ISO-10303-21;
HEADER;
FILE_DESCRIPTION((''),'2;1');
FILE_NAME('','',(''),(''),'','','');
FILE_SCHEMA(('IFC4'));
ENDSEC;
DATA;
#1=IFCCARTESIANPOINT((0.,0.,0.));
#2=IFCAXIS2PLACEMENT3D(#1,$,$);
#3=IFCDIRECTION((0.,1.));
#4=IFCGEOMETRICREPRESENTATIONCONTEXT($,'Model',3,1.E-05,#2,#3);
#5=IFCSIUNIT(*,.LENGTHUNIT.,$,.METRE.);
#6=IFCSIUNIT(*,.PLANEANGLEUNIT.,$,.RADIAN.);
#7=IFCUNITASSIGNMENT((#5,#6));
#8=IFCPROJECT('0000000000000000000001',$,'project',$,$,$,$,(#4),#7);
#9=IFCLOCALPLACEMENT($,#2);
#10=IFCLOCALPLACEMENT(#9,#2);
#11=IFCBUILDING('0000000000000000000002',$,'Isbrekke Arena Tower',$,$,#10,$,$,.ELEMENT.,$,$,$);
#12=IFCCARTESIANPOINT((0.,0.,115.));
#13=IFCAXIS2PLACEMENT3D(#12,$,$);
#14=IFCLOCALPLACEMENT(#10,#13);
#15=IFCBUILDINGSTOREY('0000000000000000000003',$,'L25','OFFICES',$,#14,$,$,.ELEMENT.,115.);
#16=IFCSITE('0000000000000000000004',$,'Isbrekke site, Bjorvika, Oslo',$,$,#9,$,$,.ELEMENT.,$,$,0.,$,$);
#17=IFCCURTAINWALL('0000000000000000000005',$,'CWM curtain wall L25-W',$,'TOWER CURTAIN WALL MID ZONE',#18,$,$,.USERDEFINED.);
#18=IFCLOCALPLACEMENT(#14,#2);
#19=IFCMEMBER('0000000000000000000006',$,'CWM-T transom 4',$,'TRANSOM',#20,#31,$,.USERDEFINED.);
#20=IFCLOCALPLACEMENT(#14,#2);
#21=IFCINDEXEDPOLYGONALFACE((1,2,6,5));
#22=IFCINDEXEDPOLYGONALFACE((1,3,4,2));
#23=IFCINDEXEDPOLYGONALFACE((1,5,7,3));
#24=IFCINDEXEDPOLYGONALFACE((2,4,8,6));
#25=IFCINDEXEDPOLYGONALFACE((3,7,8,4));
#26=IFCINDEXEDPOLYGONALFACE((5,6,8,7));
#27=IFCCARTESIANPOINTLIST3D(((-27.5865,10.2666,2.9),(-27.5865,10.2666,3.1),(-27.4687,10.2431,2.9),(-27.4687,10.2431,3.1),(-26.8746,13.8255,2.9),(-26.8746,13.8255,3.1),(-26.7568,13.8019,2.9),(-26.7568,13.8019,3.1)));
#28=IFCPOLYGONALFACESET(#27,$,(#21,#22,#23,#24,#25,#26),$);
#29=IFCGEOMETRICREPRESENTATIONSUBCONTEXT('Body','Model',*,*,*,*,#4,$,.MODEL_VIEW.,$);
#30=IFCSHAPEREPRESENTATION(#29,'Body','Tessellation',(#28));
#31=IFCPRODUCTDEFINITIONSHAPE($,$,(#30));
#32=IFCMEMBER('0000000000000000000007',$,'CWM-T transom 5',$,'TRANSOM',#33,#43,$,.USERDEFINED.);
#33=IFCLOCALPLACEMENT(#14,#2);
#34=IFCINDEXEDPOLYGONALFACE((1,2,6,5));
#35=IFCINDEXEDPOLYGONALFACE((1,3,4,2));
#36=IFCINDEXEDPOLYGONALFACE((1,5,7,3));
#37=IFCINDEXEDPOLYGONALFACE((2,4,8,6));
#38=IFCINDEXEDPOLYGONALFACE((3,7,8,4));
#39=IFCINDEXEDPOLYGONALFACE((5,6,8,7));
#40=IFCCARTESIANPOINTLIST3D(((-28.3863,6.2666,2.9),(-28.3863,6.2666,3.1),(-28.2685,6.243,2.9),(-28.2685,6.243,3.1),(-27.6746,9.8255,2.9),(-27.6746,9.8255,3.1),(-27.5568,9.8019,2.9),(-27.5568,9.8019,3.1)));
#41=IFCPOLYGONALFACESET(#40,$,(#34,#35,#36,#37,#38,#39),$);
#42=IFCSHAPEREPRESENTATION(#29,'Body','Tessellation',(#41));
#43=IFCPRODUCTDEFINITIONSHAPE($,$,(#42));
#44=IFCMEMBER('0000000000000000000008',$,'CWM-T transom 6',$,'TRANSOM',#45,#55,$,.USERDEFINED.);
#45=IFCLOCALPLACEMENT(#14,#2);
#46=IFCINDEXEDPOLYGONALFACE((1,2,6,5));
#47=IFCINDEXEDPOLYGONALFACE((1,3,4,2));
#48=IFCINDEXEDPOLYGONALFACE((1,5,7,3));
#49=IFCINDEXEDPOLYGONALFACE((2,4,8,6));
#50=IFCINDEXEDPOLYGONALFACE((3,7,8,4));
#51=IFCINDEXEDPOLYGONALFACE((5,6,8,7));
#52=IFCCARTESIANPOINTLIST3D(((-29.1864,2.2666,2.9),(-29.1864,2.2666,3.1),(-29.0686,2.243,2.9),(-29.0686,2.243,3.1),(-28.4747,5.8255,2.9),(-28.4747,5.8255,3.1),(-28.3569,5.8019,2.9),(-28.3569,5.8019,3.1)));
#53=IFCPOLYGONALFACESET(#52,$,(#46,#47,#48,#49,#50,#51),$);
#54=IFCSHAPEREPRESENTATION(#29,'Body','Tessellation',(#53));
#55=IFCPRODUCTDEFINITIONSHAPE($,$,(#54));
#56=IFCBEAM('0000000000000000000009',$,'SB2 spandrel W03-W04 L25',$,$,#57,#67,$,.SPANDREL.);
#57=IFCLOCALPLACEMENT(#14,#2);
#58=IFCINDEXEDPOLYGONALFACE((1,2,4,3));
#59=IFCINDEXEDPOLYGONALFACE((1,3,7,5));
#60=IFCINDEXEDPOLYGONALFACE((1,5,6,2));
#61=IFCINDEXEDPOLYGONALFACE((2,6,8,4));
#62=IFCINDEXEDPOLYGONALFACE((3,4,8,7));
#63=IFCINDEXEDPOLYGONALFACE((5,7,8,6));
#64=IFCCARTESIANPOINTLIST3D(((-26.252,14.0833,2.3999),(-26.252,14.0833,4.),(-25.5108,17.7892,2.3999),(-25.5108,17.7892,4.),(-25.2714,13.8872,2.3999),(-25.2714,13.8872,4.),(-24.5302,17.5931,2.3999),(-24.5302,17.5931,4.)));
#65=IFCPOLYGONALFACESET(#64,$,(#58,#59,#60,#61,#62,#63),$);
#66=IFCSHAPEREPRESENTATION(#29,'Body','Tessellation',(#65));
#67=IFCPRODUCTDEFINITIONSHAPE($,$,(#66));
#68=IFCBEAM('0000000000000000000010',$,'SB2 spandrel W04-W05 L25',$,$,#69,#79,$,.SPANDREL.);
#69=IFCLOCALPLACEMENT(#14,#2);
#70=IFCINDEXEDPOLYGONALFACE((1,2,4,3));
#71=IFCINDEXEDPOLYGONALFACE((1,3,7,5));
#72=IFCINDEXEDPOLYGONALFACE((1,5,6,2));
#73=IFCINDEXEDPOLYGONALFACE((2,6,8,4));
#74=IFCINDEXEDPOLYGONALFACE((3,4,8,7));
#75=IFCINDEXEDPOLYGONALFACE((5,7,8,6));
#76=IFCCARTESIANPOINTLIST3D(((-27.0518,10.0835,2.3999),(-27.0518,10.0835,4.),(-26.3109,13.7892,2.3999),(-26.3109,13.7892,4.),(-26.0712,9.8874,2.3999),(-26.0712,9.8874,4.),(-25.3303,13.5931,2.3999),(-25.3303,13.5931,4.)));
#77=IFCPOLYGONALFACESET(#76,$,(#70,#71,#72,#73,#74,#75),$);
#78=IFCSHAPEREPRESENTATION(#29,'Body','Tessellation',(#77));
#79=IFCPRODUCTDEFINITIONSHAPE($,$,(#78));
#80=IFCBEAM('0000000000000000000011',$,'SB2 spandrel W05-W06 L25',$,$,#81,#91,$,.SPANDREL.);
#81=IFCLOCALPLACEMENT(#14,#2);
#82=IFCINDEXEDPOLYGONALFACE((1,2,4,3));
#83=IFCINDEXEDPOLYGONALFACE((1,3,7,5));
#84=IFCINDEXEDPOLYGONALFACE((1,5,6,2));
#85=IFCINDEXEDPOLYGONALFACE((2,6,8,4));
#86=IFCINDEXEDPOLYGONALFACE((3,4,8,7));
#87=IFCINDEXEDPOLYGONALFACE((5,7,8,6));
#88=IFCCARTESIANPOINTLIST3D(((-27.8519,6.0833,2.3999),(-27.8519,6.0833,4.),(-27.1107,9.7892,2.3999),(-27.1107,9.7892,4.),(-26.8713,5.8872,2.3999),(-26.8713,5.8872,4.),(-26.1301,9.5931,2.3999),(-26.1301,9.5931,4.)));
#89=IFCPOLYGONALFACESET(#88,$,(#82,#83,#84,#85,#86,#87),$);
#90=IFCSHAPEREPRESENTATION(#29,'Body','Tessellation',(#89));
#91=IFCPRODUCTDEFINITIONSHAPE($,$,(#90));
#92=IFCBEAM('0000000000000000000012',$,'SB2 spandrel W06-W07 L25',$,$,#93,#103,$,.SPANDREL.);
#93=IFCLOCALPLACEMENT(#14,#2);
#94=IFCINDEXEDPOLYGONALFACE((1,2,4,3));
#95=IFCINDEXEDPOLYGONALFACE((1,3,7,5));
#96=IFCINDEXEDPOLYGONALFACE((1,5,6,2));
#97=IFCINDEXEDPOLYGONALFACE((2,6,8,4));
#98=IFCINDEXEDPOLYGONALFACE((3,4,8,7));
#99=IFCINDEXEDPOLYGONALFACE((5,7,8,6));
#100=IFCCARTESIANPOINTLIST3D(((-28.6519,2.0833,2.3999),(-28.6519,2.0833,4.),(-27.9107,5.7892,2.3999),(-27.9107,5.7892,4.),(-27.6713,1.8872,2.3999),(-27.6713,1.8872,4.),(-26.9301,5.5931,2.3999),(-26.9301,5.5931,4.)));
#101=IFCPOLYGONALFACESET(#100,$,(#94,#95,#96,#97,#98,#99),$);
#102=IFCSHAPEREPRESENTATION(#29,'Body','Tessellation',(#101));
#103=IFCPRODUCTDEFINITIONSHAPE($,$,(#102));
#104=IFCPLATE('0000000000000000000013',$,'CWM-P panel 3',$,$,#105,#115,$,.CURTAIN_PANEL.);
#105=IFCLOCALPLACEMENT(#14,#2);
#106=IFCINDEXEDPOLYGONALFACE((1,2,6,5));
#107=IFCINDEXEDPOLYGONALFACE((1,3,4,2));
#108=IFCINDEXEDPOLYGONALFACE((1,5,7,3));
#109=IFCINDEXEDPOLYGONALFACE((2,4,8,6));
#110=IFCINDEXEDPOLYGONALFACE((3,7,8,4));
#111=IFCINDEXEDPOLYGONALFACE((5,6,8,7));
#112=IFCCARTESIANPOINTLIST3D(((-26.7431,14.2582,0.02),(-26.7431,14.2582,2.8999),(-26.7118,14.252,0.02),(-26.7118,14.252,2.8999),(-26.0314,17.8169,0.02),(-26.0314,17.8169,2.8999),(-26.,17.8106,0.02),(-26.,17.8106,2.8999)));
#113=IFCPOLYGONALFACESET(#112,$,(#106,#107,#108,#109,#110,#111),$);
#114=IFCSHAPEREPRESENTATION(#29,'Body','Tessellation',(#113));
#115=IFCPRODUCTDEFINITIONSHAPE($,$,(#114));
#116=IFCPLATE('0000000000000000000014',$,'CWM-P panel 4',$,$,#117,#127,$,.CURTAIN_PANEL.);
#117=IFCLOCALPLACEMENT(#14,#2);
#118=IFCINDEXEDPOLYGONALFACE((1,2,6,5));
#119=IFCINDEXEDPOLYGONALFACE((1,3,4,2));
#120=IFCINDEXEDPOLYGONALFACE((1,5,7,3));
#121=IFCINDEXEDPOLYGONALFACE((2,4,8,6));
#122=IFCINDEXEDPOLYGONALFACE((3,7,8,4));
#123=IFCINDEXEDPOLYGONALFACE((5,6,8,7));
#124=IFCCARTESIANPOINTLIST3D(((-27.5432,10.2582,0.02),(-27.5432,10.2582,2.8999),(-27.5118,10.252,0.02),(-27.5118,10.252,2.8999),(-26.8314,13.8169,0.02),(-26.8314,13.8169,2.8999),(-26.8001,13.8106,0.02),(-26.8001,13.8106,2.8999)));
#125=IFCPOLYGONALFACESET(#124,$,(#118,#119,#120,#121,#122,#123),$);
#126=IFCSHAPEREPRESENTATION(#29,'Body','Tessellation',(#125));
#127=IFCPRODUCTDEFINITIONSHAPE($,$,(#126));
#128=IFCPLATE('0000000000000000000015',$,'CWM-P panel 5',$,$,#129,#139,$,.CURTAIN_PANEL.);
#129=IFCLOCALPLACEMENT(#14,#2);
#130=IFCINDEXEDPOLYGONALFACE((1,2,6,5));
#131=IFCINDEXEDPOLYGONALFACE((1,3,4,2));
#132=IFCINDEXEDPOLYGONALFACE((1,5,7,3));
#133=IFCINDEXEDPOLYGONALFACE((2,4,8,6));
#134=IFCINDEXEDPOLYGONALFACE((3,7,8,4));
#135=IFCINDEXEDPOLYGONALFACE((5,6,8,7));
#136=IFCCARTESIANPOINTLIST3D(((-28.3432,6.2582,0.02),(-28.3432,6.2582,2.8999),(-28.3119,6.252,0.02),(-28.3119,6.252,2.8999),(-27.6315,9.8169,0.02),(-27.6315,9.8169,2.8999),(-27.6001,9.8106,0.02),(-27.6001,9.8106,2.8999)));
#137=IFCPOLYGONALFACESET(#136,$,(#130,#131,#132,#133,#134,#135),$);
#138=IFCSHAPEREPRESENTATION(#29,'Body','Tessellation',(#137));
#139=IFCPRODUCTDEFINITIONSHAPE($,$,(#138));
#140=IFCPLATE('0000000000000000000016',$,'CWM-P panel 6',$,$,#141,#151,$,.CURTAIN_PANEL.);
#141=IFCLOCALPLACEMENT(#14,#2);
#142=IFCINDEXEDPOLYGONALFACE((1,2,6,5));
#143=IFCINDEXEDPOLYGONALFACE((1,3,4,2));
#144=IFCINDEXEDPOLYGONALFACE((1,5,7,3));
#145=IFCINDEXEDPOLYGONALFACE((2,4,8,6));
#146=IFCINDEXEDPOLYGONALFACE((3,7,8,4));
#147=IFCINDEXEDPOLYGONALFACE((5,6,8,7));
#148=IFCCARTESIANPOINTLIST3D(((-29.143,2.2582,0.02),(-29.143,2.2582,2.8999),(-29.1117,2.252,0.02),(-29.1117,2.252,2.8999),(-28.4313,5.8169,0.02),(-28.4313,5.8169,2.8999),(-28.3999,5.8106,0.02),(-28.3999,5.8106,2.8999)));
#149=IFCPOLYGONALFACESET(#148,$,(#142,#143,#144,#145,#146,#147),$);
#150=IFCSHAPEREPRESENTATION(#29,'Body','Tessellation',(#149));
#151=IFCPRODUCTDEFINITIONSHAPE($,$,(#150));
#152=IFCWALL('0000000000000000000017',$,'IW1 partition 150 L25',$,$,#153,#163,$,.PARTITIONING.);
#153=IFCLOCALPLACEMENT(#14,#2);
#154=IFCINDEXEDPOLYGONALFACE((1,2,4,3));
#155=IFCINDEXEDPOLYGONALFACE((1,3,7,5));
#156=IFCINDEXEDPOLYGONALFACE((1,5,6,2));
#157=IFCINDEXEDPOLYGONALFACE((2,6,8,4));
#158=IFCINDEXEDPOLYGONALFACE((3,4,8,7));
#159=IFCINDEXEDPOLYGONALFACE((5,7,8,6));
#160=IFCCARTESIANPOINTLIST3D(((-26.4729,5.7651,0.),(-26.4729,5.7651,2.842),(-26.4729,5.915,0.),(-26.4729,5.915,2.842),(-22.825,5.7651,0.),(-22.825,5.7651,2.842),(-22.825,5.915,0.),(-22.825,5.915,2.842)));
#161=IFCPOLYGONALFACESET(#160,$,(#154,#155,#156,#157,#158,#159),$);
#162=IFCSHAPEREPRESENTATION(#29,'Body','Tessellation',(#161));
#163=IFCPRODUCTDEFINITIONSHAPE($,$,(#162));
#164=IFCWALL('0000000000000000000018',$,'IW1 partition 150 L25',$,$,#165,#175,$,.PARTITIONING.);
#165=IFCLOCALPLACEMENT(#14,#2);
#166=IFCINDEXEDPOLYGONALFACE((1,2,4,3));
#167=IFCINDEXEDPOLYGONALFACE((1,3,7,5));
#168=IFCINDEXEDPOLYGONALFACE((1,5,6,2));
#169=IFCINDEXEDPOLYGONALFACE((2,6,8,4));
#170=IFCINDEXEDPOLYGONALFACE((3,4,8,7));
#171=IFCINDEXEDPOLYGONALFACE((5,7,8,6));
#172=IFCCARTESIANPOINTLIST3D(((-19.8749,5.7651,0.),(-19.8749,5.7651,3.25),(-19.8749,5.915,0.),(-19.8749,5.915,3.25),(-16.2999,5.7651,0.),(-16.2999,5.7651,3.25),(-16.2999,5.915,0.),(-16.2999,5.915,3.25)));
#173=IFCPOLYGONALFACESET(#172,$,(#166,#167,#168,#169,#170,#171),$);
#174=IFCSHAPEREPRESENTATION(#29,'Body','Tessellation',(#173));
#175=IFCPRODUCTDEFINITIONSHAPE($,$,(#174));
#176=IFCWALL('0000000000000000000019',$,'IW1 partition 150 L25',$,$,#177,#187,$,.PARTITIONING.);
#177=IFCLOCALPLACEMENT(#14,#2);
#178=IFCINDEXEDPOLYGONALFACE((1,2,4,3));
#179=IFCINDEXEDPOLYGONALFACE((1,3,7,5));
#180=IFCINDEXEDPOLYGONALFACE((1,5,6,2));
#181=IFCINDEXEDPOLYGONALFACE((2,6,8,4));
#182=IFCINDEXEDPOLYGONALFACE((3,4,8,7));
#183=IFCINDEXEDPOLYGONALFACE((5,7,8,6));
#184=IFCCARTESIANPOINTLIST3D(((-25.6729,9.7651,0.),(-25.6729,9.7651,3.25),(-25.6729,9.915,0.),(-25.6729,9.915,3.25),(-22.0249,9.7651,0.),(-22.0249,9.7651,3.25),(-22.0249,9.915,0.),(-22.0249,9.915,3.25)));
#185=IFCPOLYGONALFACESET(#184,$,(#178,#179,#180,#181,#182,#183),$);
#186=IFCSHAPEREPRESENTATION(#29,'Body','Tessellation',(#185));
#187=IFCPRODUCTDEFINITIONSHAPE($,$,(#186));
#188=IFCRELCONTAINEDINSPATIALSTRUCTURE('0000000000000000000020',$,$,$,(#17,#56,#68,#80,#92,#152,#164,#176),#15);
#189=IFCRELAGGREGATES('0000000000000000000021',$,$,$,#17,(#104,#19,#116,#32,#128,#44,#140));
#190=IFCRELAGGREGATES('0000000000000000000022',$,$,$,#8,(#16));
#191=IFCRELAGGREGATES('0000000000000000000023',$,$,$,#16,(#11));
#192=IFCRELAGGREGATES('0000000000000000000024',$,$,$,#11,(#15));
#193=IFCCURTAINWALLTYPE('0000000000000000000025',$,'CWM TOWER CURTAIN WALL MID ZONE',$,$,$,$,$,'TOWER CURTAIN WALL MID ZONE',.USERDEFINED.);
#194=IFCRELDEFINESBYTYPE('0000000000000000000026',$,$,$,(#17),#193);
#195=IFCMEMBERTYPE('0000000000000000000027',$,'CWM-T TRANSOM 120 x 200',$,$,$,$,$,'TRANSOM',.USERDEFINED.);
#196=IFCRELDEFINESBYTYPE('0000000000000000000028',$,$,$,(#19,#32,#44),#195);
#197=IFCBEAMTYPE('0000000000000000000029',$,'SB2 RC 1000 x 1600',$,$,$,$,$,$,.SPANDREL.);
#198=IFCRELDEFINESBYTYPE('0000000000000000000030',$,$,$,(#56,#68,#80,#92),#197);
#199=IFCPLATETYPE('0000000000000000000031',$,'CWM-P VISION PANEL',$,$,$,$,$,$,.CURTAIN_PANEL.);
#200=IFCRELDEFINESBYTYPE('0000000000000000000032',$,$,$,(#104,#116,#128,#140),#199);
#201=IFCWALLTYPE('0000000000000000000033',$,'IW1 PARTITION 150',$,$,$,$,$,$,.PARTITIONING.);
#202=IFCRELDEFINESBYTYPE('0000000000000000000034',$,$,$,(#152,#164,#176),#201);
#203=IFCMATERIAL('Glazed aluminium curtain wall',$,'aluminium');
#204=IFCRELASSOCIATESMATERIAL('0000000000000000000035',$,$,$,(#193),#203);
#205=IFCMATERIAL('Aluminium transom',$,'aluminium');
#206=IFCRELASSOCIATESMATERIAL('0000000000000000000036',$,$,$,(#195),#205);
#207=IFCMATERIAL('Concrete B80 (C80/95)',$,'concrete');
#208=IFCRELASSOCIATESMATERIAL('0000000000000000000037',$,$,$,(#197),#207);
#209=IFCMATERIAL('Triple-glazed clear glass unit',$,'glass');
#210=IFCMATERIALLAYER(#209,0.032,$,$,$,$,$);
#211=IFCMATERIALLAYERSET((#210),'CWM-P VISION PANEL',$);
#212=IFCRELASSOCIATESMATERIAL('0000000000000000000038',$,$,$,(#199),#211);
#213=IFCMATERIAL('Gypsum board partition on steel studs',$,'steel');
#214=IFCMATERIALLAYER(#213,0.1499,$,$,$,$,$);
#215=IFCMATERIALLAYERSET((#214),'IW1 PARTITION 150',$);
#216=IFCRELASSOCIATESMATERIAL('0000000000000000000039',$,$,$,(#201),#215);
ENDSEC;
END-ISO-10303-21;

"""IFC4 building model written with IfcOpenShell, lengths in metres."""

from ifc_helpers import new_model, si_unit, direction, frame, frame_2d, origin, origin_2d, place, context, subcontext, project, spatial, rectangle, extrude, material, layer, layer_set, material_profile, profile_set, type_object, element, aggregate, save


model = new_model("IFC4")

# Units and contexts
model_context = context("Model", 3, precision=1e-05, world=origin(), true_north=direction((0.0, 1.0)))
body_context = subcontext(model_context, "Body", "Model", "MODEL_VIEW")
ifc_project = project(units=[si_unit("LENGTHUNIT", "METRE"), si_unit("PLANEANGLEUNIT", "RADIAN")], contexts=[model_context])

# Site, building, storey
site_placement = place(None, origin())
site = spatial("IfcSite", under=ifc_project, at=site_placement, Name="Isbrekke site, Bjorvika, Oslo", CompositionType="ELEMENT", RefElevation=0.0)
building_placement = place(site_placement, origin())
building = spatial("IfcBuilding", under=site, at=building_placement, Name="Isbrekke Arena Tower", CompositionType="ELEMENT")
storey_placement = place(building_placement, frame((0.0, 0.0, 115.0)))
storey = spatial("IfcBuildingStorey", under=building, at=storey_placement, Name="L25", Description="OFFICES", CompositionType="ELEMENT", Elevation=115.0)

# Curtain wall, members
ifc_material_1 = material(Name="Glazed aluminium curtain wall", Category="aluminium")
curtain_wall_type = type_object("IfcCurtainWallType", Name="CWM TOWER CURTAIN WALL MID ZONE", ElementType="TOWER CURTAIN WALL MID ZONE", PredefinedType="USERDEFINED", material=ifc_material_1)
curtain_wall_placement = place(storey_placement, origin())
curtain_wall = element("IfcCurtainWall", 1, at=curtain_wall_placement, inside=storey, type_object=curtain_wall_type, Name="CWM curtain wall L25-W", ObjectType="TOWER CURTAIN WALL MID ZONE", PredefinedType="USERDEFINED")
ifc_material_2 = material(Name="Aluminium transom", Category="aluminium")
ifc_material_profile_1 = material_profile(ifc_material_2, rectangle(XDim=0.1201, YDim=0.2, at=origin_2d()), Name="TRANSOM 120X200")
ifc_profile_set_1 = profile_set([ifc_material_profile_1], Name="Aluminium transom")
member_type_1 = type_object("IfcMemberType", Name="CWM-T TRANSOM 120 x 200", ElementType="TRANSOM", PredefinedType="USERDEFINED", material=ifc_profile_set_1)
member_1_placement = place(storey_placement, frame((-26.8157, 13.8137, 3.0), z_axis=(-0.196155, -0.980573, 0.0), x_axis=(0.980573, -0.196155, 0.0)))
member_1 = element("IfcMember", 2, at=member_1_placement, type_object=member_type_1, Name="CWM-T transom 4", ObjectType="TRANSOM", PredefinedType="USERDEFINED", context=body_context, shape_type="SweptSolid", body=[
    extrude(rectangle(XDim=0.1201, YDim=0.2, at=origin_2d()), origin(), (0.0, 0.0, 1.0), 3.6294),
])
member_2_placement = place(storey_placement, frame((-27.6157, 9.8137, 3.0), z_axis=(-0.19609, -0.980586, 0.0), x_axis=(0.980586, -0.19609, 0.0)))
member_2 = element("IfcMember", 3, at=member_2_placement, type_object=member_type_1, Name="CWM-T transom 5", ObjectType="TRANSOM", PredefinedType="USERDEFINED", context=body_context, shape_type="SweptSolid", body=[
    extrude(rectangle(XDim=0.1201, YDim=0.2, at=origin_2d()), origin(), (0.0, 0.0, 1.0), 3.6294),
])
member_3_placement = place(storey_placement, frame((-28.4158, 5.8137, 3.0), z_axis=(-0.19609, -0.980586, 0.0), x_axis=(0.980586, -0.19609, 0.0)))
member_3 = element("IfcMember", 4, at=member_3_placement, type_object=member_type_1, Name="CWM-T transom 6", ObjectType="TRANSOM", PredefinedType="USERDEFINED", context=body_context, shape_type="SweptSolid", body=[
    extrude(rectangle(XDim=0.1201, YDim=0.2, at=origin_2d()), origin(), (0.0, 0.0, 1.0), 3.6294),
])

# Beams
ifc_material_3 = material(Name="Concrete B80 (C80/95)", Category="concrete")
ifc_material_profile_2 = material_profile(ifc_material_3, rectangle(XDim=1.0, YDim=1.6001, at=origin_2d()), Name="RC 1000x1600")
ifc_profile_set_2 = profile_set([ifc_material_profile_2], Name="Concrete B80 (C80/95)")
beam_type_1 = type_object("IfcBeamType", Name="SB2 RC 1000 x 1600", PredefinedType="SPANDREL", material=ifc_profile_set_2)
beam_1_placement = place(storey_placement, frame((-25.0205, 17.6912, 3.2), z_axis=(-0.196129, -0.980578, 0.0), x_axis=(0.980578, -0.196129, 0.0)))
element("IfcBeam", 5, at=beam_1_placement, inside=storey, type_object=beam_type_1, Name="SB2 spandrel W03-W04 L25", PredefinedType="SPANDREL", context=body_context, shape_type="SweptSolid", body=[
    extrude(rectangle(XDim=1.0, YDim=1.6001, at=origin_2d()), origin(), (0.0, 0.0, 1.0), 3.7793),
])
beam_2_placement = place(storey_placement, frame((-25.8206, 13.6912, 3.2), z_axis=(-0.196066, -0.980591, 0.0), x_axis=(0.980591, -0.196066, 0.0)))
element("IfcBeam", 6, at=beam_2_placement, inside=storey, type_object=beam_type_1, Name="SB2 spandrel W04-W05 L25", PredefinedType="SPANDREL", context=body_context, shape_type="SweptSolid", body=[
    extrude(rectangle(XDim=1.0, YDim=1.6001, at=origin_2d()), origin(), (0.0, 0.0, 1.0), 3.7791),
])
for number, where, z_axis, x_axis, name in (
    (7, (-26.6204, 9.6912, 3.2), (-0.196129, -0.980578, 0.0), (0.980578, -0.196129, 0.0), "SB2 spandrel W05-W06 L25"),
    (8, (-27.4204, 5.6912, 3.2), (-0.196129, -0.980578, 0.0), (0.980578, -0.196129, 0.0), "SB2 spandrel W06-W07 L25"),
):
    element("IfcBeam", number, at=place(storey_placement, frame(where, z_axis=z_axis, x_axis=x_axis)), inside=storey, type_object=beam_type_1, Name=name, PredefinedType="SPANDREL", context=body_context, shape_type="SweptSolid", body=[
        extrude(rectangle(XDim=1.0, YDim=1.6001, at=origin_2d()), origin(), (0.0, 0.0, 1.0), 3.7793),
    ])

# Plates
ifc_material_4 = material(Name="Triple-glazed clear glass unit", Category="glass")
ifc_layer_1 = layer(ifc_material_4, 0.032)
ifc_layer_set_1 = layer_set([ifc_layer_1], Name="CWM-P VISION PANEL")
plate_type = type_object("IfcPlateType", Name="CWM-P VISION PANEL", PredefinedType="CURTAIN_PANEL", material=ifc_layer_set_1)
plate_1_placement = place(storey_placement, frame((-26.3716, 16.0344, 0.02), z_axis=(0.0, 0.0, 1.0), x_axis=(-0.196116, -0.980581, 0.0)))
plate_1 = element("IfcPlate", 9, at=plate_1_placement, type_object=plate_type, Name="CWM-P panel 3", PredefinedType="CURTAIN_PANEL", context=body_context, shape_type="SweptSolid", body=[
    extrude(rectangle(XDim=3.6292, YDim=0.032, at=origin_2d()), origin(), (0.0, 0.0, 1.0), 2.8799),
])
plate_2_placement = place(storey_placement, frame((-27.1716, 12.0344, 0.02), z_axis=(0.0, 0.0, 1.0), x_axis=(-0.196116, -0.980581, 0.0)))
plate_2 = element("IfcPlate", 10, at=plate_2_placement, type_object=plate_type, Name="CWM-P panel 4", PredefinedType="CURTAIN_PANEL", context=body_context, shape_type="SweptSolid", body=[
    extrude(rectangle(XDim=3.6292, YDim=0.032, at=origin_2d()), origin(), (0.0, 0.0, 1.0), 2.8799),
])
plate_3_placement = place(storey_placement, frame((-27.9717, 8.0344, 0.02), z_axis=(0.0, 0.0, 1.0), x_axis=(-0.196116, -0.980581, 0.0)))
plate_3 = element("IfcPlate", 11, at=plate_3_placement, type_object=plate_type, Name="CWM-P panel 5", PredefinedType="CURTAIN_PANEL", context=body_context, shape_type="SweptSolid", body=[
    extrude(rectangle(XDim=3.6292, YDim=0.032, at=origin_2d()), origin(), (0.0, 0.0, 1.0), 2.8799),
])
plate_4_placement = place(storey_placement, frame((-28.7715, 4.0344, 0.02), z_axis=(0.0, 0.0, 1.0), x_axis=(-0.196116, -0.980581, 0.0)))
plate_4 = element("IfcPlate", 12, at=plate_4_placement, type_object=plate_type, Name="CWM-P panel 6", PredefinedType="CURTAIN_PANEL", context=body_context, shape_type="SweptSolid", body=[
    extrude(rectangle(XDim=3.6292, YDim=0.032, at=origin_2d()), origin(), (0.0, 0.0, 1.0), 2.8799),
])
aggregate(curtain_wall, [plate_1, member_1, plate_2, member_2, plate_3, member_3, plate_4])

# Walls
ifc_material_5 = material(Name="Gypsum board partition on steel studs", Category="steel")
ifc_layer_2 = layer(ifc_material_5, 0.1499)
ifc_layer_set_2 = layer_set([ifc_layer_2], Name="IW1 PARTITION 150")
wall_type = type_object("IfcWallType", Name="IW1 PARTITION 150", PredefinedType="PARTITIONING", material=ifc_layer_set_2)
wall_1_placement = place(storey_placement, frame((-26.4729, 5.8401, 0.0), z_axis=(0.0, 0.0, 1.0), x_axis=(1.0, 0.0, 0.0)))
element("IfcWall", 13, at=wall_1_placement, inside=storey, type_object=wall_type, Name="IW1 partition 150 L25", PredefinedType="PARTITIONING", context=body_context, shape_type="SweptSolid", body=[
    extrude(rectangle(XDim=3.6479, YDim=0.1499, at=frame_2d((1.824, 0.0))), origin(), (0.0, 0.0, 1.0), 2.842),
])
wall_2_placement = place(storey_placement, frame((-19.875, 5.8401, 0.0), z_axis=(0.0, 0.0, 1.0), x_axis=(1.0, 0.0, 0.0)))
element("IfcWall", 14, at=wall_2_placement, inside=storey, type_object=wall_type, Name="IW1 partition 150 L25", PredefinedType="PARTITIONING", context=body_context, shape_type="SweptSolid", body=[
    extrude(rectangle(XDim=3.575, YDim=0.1499, at=frame_2d((1.7876, 0.0))), origin(), (0.0, 0.0, 1.0), 3.25),
])
wall_3_placement = place(storey_placement, frame((-25.6729, 9.8401, 0.0), z_axis=(0.0, 0.0, 1.0), x_axis=(1.0, 0.0, 0.0)))
element("IfcWall", 15, at=wall_3_placement, inside=storey, type_object=wall_type, Name="IW1 partition 150 L25", PredefinedType="PARTITIONING", context=body_context, shape_type="SweptSolid", body=[
    extrude(rectangle(XDim=3.6479, YDim=0.1499, at=frame_2d((1.824, 0.0))), origin(), (0.0, 0.0, 1.0), 3.25),
])

save(model, "model.ifc")
